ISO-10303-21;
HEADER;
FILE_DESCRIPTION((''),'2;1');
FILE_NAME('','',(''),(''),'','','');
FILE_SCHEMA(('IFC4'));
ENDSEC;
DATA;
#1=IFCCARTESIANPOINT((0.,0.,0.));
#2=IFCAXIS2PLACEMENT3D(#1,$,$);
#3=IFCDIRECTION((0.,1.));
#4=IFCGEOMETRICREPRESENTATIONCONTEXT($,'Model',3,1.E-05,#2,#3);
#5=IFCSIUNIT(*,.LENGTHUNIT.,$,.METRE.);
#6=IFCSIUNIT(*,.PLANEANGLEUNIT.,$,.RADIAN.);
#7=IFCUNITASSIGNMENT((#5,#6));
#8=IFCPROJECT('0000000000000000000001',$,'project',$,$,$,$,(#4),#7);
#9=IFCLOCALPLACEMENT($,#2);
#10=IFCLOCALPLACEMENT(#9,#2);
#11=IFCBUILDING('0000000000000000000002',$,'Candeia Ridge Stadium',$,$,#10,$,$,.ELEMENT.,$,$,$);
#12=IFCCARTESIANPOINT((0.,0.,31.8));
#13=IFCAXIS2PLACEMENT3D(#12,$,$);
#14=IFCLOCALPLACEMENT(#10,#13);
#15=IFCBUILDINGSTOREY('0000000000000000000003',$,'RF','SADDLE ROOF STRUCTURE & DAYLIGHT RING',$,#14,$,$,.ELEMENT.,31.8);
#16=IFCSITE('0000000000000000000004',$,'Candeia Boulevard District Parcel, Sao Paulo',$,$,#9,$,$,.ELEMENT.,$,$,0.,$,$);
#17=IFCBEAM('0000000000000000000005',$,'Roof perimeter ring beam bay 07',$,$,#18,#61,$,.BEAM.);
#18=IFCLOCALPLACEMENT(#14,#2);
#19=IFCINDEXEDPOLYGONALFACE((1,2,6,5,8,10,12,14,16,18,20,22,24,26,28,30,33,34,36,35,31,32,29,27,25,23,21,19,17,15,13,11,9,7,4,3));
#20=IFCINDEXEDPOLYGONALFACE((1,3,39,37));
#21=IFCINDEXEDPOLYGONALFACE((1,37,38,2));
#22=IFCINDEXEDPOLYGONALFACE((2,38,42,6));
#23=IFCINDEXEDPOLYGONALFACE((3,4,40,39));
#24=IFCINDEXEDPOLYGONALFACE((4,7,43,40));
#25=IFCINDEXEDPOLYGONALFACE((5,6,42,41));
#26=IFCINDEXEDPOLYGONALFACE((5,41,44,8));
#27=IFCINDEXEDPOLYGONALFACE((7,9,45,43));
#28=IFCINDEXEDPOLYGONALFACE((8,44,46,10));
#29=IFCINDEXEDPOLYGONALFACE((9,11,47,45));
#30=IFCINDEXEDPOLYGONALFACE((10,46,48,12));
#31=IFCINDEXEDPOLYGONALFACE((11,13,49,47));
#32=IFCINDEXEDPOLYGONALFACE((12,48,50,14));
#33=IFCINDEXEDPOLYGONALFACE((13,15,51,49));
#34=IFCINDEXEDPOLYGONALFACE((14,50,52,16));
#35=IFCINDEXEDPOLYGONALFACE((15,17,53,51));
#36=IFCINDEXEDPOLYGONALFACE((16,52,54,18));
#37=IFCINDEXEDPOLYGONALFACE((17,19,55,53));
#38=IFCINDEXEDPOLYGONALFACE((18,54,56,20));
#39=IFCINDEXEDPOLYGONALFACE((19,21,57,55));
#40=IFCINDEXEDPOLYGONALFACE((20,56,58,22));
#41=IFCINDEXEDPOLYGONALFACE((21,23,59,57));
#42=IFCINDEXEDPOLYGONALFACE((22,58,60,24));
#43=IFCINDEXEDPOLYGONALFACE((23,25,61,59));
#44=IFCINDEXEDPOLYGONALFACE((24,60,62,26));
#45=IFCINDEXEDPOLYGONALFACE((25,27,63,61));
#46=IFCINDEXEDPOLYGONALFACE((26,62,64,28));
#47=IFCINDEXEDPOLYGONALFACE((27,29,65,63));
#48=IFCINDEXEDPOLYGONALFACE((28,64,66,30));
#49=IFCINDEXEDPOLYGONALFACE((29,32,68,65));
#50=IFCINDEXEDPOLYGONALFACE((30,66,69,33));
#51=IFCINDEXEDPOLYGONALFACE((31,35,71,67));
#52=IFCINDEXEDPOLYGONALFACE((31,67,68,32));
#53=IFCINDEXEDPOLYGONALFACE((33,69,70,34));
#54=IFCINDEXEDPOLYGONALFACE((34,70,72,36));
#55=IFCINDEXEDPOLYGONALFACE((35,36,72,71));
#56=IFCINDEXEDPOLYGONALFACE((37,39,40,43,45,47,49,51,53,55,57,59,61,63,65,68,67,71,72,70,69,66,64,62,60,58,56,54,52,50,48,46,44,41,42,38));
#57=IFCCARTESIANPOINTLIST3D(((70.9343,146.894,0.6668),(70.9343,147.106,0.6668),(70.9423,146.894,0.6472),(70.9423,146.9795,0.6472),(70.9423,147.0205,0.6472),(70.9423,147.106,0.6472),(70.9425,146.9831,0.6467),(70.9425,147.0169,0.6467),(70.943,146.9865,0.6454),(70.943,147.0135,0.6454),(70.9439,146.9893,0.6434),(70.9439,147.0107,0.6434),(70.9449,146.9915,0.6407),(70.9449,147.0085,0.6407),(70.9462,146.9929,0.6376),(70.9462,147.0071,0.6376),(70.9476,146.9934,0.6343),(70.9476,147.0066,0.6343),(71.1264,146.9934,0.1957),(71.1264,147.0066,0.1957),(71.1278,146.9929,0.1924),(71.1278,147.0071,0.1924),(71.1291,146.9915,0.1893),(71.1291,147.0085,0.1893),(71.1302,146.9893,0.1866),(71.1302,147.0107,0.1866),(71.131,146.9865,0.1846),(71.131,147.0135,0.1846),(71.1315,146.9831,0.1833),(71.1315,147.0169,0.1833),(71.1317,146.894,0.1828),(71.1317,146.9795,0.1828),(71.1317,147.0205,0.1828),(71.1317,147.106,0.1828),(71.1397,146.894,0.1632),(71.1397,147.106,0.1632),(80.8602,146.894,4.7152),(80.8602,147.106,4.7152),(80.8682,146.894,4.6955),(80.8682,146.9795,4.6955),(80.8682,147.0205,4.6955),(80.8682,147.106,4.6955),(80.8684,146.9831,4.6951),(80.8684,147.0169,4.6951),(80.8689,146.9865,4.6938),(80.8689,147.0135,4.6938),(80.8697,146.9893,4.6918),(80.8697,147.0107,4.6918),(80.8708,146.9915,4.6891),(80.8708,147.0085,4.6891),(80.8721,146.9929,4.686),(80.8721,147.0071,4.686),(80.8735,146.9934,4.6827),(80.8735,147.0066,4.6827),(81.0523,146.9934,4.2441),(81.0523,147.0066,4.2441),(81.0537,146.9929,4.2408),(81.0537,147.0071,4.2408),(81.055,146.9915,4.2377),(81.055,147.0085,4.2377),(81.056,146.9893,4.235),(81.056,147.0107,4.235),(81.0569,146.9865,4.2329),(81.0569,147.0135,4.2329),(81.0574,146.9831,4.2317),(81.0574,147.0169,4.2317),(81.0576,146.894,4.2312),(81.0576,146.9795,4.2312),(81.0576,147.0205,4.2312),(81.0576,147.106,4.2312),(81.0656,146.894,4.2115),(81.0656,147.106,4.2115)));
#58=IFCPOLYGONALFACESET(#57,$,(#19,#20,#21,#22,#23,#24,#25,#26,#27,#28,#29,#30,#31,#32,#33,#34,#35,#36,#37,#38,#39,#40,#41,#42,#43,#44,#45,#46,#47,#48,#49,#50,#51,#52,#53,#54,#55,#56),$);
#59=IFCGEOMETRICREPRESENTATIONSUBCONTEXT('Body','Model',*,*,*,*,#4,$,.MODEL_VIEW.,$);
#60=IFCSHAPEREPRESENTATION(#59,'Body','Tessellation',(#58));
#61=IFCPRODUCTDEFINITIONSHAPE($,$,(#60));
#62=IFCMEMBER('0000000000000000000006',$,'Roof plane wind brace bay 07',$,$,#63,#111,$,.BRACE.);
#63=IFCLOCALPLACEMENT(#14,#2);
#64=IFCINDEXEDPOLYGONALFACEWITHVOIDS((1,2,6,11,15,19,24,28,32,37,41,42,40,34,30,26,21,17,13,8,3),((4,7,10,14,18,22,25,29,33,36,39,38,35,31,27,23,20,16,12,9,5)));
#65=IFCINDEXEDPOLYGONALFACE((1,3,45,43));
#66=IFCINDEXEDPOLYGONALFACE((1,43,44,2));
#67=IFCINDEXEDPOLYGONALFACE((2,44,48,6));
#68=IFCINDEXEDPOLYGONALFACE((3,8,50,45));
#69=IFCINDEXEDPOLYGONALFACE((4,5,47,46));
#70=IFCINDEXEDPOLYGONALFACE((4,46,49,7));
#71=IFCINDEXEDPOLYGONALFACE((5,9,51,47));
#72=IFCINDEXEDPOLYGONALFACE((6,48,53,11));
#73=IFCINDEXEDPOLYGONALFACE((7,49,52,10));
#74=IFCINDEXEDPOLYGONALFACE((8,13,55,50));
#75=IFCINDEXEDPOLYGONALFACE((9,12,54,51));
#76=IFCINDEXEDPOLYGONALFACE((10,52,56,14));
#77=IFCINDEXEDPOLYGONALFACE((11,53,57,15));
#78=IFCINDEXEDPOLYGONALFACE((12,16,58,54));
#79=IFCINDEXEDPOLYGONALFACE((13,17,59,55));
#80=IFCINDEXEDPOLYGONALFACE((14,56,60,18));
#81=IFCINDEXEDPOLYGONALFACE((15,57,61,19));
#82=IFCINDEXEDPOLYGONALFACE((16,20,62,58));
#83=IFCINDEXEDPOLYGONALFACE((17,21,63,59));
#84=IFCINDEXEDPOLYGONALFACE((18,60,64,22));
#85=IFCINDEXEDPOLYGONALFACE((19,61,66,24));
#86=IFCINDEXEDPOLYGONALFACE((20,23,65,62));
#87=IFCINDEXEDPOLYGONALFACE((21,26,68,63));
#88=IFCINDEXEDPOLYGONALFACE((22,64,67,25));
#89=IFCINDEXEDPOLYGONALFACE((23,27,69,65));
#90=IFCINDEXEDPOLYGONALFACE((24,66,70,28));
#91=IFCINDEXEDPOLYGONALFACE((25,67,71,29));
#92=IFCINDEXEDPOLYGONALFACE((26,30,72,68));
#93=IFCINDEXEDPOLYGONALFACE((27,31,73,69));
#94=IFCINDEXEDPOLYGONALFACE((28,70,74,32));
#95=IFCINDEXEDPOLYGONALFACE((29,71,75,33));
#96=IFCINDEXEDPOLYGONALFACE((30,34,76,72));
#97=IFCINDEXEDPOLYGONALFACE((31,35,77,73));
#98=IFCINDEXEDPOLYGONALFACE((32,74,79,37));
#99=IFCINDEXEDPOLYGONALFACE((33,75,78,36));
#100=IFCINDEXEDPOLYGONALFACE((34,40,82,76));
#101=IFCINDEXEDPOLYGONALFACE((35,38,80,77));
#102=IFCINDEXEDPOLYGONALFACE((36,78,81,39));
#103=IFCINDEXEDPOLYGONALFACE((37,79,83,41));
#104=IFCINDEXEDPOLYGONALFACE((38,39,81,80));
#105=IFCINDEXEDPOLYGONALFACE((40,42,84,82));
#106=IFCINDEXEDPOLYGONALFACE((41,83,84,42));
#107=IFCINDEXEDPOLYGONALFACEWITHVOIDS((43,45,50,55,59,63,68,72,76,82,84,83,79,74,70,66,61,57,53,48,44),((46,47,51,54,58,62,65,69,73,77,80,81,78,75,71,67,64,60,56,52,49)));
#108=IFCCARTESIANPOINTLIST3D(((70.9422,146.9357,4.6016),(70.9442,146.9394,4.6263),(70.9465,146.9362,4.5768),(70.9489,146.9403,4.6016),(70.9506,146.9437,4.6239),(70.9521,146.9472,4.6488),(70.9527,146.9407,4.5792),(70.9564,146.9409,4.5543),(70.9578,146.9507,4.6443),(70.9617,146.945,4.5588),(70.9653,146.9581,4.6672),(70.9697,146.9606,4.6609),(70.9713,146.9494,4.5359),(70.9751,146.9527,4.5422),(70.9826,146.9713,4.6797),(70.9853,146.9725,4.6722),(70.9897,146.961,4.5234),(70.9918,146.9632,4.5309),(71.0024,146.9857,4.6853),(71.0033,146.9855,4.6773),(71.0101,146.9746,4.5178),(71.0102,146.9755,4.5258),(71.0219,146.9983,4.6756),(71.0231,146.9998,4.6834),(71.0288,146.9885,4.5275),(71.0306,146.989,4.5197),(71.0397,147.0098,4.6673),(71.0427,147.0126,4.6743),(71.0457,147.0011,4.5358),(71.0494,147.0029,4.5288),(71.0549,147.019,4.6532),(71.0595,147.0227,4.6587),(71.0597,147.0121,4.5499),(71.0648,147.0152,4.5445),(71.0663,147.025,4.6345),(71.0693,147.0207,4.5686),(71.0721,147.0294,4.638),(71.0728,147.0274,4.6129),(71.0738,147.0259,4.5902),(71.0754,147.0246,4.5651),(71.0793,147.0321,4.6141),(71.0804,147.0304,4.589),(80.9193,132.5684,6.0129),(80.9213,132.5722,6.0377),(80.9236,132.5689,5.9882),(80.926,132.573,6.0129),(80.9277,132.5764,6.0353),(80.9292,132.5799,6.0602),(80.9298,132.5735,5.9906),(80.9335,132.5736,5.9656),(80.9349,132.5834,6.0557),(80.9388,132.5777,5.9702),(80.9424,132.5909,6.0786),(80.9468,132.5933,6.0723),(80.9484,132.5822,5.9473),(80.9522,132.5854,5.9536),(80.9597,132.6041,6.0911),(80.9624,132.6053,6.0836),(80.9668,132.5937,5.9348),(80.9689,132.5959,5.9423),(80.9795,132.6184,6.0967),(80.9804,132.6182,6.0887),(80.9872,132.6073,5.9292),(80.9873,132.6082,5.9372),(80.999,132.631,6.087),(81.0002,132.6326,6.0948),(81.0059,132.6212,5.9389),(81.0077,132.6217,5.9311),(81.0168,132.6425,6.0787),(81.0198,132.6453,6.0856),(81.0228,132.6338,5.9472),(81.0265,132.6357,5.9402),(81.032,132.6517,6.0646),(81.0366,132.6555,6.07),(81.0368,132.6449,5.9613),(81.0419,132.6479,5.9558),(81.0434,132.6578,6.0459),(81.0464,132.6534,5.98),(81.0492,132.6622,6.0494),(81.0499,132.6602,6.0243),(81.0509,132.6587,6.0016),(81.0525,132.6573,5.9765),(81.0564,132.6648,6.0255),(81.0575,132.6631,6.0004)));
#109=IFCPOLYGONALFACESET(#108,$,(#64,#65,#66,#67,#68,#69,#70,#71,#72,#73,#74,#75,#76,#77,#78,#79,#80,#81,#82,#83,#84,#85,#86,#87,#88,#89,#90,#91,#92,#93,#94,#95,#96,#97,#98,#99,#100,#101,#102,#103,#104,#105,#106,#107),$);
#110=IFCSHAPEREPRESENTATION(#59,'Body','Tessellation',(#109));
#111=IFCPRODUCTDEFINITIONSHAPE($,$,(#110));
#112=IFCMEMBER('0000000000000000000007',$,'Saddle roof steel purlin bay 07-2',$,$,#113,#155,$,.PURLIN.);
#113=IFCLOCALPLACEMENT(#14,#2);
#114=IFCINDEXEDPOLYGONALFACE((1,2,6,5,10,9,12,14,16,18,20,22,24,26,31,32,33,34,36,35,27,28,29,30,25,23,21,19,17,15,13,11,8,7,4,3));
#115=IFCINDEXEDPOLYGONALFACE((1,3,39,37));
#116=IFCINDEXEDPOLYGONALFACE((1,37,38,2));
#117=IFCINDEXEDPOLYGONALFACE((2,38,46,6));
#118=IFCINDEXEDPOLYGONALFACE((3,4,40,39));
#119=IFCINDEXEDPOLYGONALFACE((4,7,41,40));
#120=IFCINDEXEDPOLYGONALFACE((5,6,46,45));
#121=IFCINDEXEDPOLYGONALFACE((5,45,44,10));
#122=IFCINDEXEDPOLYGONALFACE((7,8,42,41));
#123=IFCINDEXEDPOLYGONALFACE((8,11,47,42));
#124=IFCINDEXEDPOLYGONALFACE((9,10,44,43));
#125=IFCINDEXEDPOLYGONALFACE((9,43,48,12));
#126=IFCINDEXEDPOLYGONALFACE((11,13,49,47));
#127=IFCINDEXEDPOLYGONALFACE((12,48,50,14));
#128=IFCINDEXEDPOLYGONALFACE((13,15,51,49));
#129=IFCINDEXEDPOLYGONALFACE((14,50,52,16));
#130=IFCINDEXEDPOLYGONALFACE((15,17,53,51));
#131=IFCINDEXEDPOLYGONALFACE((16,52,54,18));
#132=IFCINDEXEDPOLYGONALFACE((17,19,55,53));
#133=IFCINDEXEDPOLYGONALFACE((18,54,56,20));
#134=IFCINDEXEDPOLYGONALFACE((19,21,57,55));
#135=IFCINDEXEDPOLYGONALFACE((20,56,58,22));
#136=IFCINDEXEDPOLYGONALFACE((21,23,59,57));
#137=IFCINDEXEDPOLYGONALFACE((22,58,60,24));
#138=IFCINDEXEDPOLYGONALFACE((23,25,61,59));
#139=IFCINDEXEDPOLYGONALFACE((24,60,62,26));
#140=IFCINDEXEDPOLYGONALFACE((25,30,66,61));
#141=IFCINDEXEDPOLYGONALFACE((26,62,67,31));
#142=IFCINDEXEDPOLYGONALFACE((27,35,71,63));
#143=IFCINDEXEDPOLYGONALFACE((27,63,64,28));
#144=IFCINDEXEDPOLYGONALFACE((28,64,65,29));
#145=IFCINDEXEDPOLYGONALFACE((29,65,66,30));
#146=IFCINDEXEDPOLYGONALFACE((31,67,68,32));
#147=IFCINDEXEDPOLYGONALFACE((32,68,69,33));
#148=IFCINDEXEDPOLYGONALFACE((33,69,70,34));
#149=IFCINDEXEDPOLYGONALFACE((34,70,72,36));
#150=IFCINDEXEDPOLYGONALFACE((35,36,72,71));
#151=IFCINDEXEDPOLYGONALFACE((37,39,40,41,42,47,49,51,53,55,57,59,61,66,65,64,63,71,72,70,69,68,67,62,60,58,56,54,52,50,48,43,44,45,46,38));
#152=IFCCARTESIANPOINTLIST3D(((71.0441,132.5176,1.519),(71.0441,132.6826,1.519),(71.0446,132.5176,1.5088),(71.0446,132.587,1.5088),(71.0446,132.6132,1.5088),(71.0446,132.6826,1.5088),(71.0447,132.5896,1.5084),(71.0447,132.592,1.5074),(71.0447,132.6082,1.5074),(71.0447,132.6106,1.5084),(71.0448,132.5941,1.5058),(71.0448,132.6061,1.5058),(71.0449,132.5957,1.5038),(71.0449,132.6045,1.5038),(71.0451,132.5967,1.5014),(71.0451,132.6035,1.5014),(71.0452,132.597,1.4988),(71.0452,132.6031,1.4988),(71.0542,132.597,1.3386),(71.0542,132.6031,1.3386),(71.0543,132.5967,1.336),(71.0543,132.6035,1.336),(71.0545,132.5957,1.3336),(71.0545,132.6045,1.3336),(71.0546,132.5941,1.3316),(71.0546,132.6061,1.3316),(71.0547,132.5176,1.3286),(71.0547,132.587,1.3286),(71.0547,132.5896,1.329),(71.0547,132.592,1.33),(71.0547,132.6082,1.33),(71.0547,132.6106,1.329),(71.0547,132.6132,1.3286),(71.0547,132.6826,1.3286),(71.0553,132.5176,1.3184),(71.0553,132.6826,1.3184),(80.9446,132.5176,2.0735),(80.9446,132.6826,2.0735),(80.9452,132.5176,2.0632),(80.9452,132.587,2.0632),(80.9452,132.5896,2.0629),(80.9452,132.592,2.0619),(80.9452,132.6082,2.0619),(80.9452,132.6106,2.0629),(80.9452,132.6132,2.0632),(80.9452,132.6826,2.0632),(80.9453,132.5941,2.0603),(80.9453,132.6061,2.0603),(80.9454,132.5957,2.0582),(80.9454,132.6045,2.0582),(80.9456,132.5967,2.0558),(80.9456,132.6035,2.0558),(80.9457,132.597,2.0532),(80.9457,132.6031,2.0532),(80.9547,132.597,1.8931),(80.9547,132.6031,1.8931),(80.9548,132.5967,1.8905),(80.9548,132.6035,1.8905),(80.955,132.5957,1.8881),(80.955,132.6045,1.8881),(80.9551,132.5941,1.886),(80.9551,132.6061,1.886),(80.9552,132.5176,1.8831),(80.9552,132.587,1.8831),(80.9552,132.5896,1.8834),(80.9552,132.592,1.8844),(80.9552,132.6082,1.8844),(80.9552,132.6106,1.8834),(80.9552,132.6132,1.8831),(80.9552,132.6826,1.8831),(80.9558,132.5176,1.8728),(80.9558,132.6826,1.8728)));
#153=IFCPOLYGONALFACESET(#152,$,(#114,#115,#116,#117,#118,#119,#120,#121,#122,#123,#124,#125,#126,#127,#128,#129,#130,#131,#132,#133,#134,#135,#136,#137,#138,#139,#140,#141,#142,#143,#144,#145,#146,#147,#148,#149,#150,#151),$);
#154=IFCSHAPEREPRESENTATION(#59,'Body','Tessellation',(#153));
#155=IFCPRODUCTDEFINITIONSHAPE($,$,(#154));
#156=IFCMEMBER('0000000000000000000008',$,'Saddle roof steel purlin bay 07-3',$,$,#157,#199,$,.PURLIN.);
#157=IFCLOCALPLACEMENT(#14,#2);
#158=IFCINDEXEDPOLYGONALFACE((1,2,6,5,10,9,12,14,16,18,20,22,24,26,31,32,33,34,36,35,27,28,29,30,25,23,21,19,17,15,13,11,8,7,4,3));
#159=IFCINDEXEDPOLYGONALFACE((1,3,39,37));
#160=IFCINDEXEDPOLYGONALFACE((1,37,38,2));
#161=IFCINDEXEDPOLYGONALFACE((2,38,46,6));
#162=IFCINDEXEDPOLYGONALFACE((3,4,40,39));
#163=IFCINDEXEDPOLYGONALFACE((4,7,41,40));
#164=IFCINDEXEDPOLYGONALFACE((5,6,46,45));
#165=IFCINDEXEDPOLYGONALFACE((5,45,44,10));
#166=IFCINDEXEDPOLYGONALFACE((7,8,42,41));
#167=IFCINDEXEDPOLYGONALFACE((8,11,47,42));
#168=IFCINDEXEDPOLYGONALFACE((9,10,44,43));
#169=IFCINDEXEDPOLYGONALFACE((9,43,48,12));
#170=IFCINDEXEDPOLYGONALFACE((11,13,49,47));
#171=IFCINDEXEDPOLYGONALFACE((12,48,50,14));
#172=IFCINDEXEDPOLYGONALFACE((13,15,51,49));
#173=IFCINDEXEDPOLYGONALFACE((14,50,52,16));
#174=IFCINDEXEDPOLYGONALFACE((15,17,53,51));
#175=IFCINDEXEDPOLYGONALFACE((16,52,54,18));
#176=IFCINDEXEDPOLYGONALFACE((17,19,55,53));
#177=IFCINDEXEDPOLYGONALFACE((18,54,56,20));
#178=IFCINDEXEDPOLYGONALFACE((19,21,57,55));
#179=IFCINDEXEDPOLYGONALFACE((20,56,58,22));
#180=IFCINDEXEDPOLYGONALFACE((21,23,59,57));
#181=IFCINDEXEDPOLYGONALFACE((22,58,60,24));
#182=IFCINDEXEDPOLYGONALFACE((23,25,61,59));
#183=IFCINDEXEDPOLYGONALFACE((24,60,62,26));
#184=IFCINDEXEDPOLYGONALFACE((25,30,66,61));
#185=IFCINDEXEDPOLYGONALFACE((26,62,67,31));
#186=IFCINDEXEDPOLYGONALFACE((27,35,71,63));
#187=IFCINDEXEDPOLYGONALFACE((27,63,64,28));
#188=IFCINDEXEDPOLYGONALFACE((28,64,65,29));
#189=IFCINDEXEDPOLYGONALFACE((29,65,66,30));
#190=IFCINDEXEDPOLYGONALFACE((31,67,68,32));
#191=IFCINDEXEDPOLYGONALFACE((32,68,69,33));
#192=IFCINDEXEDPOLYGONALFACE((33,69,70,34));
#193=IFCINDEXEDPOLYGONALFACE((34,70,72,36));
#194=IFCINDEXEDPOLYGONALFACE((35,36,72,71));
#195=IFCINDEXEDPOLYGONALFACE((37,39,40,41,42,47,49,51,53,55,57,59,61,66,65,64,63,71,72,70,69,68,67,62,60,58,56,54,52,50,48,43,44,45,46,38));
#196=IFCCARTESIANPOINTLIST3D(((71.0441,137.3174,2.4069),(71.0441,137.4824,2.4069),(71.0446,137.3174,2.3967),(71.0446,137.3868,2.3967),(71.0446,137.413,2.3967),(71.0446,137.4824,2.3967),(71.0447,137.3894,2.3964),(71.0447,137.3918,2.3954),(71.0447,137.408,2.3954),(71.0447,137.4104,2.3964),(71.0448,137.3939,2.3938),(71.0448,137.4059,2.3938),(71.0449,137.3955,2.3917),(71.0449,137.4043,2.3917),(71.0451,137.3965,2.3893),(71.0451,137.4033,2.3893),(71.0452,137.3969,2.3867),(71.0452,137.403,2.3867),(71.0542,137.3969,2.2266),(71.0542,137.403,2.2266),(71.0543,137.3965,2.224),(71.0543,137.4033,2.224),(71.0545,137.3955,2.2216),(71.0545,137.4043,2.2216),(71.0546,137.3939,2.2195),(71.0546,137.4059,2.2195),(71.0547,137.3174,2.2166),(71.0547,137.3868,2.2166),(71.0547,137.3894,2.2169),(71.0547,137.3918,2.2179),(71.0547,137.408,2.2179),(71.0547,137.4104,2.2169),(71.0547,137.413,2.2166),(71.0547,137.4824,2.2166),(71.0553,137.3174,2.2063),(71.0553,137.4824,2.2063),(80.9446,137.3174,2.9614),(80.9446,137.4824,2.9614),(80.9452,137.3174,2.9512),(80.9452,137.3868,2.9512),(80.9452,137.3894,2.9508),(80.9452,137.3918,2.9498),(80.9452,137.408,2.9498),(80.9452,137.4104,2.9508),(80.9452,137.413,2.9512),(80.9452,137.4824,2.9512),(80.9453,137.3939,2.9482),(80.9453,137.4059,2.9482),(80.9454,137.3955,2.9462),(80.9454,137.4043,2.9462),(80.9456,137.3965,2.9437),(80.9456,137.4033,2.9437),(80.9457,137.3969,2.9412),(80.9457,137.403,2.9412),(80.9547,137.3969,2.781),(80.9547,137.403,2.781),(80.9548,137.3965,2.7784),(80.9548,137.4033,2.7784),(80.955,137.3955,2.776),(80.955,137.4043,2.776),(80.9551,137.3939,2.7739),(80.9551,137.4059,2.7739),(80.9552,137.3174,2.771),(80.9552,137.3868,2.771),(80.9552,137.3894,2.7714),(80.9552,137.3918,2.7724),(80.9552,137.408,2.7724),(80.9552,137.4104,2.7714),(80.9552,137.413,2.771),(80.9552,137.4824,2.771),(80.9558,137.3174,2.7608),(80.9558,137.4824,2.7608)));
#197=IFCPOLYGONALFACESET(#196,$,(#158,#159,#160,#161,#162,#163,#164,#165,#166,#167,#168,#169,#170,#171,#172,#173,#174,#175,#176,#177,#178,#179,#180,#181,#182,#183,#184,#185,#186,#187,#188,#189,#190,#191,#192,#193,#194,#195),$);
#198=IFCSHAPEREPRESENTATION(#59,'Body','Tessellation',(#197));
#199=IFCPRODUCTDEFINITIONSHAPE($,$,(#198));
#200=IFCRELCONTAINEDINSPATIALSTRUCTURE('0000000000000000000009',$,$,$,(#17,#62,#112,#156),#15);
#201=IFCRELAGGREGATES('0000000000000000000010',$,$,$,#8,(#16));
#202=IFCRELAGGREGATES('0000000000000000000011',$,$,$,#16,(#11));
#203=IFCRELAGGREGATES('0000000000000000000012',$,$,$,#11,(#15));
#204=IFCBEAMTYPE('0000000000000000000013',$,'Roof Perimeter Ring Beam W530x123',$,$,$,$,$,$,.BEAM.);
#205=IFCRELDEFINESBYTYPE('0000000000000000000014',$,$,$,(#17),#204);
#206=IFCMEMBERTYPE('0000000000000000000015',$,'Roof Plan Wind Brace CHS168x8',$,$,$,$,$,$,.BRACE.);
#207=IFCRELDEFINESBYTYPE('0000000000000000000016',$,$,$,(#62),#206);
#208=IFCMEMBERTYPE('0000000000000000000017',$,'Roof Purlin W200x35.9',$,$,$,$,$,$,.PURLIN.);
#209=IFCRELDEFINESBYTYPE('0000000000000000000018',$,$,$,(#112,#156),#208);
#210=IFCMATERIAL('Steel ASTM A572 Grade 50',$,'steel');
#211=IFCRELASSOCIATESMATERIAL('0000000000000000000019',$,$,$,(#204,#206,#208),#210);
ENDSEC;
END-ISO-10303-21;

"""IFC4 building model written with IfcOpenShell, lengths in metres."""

from ifc_helpers import new_model, si_unit, direction, frame, origin, origin_2d, place, context, subcontext, project, spatial, hollow_circle, i_section, extrude, material, material_profile, profile_set, type_object, element, save


model = new_model("IFC4")

# Units and contexts
model_context = context("Model", 3, precision=1e-05, world=origin(), true_north=direction((0.0, 1.0)))
body_context = subcontext(model_context, "Body", "Model", "MODEL_VIEW")
ifc_project = project(units=[si_unit("LENGTHUNIT", "METRE"), si_unit("PLANEANGLEUNIT", "RADIAN")], contexts=[model_context])

# Site, building, storey
site_placement = place(None, origin())
site = spatial("IfcSite", under=ifc_project, at=site_placement, Name="Candeia Boulevard District Parcel, Sao Paulo", CompositionType="ELEMENT", RefElevation=0.0)
building_placement = place(site_placement, origin())
building = spatial("IfcBuilding", under=site, at=building_placement, Name="Candeia Ridge Stadium", CompositionType="ELEMENT")
storey_placement = place(building_placement, frame((0.0, 0.0, 31.8)))
storey = spatial("IfcBuildingStorey", under=building, at=storey_placement, Name="RF", Description="SADDLE ROOF STRUCTURE & DAYLIGHT RING", CompositionType="ELEMENT", Elevation=31.8)

# Shared definitions
ifc_material_1 = material(Name="Steel ASTM A572 Grade 50", Category="steel")

# Beam
ifc_material_profile_1 = material_profile(ifc_material_1, i_section(OverallWidth=0.2119, OverallDepth=0.5439, WebThickness=0.0132, FlangeThickness=0.0212, FilletRadius=0.0139, at=origin_2d()), Name="W530x123", Category="steel")
ifc_profile_set_1 = profile_set([ifc_material_profile_1], Name="Steel ASTM A572 Grade 50")
beam_type_1 = type_object("IfcBeamType", Name="Roof Perimeter Ring Beam W530x123", PredefinedType="BEAM", material=ifc_profile_set_1)
beam_1_placement = place(storey_placement, frame((80.9629, 147.0, 4.4634), z_axis=(-0.925946, 0.0, -0.377657), x_axis=(0.0, -1.0, 0.0)))
element("IfcBeam", 1, at=beam_1_placement, inside=storey, type_object=beam_type_1, Name="Roof perimeter ring beam bay 07", PredefinedType="BEAM", context=body_context, shape_type="SweptSolid", body=[
    extrude(i_section(OverallWidth=0.2119, OverallDepth=0.5439, WebThickness=0.0132, FlangeThickness=0.0212, FilletRadius=0.0139, at=origin_2d()), origin(), (0.0, 0.0, 1.0), 10.7197),
])

# Members
ifc_material_profile_2 = material_profile(ifc_material_1, hollow_circle(Radius=0.0842, WallThickness=0.0081, at=origin_2d()), Name="CHS168x8", Category="steel")
ifc_profile_set_2 = profile_set([ifc_material_profile_2], Name="Steel ASTM A572 Grade 50")
member_type_1 = type_object("IfcMemberType", Name="Roof Plan Wind Brace CHS168x8", PredefinedType="BRACE", material=ifc_profile_set_2)
member_1_placement = place(storey_placement, frame((80.9885, 132.6165, 6.0129), z_axis=(-0.568542, 0.818713, -0.080427), x_axis=(-0.821374, -0.57039, 0.0)))
element("IfcMember", 2, at=member_1_placement, inside=storey, type_object=member_type_1, Name="Roof plane wind brace bay 07", PredefinedType="BRACE", context=body_context, shape_type="SweptSolid", body=[
    extrude(hollow_circle(Radius=0.0842, WallThickness=0.0081, at=origin_2d()), origin(), (0.0, 0.0, 1.0), 17.5486),
])
ifc_material_profile_3 = material_profile(ifc_material_1, i_section(OverallWidth=0.165, OverallDepth=0.2009, WebThickness=0.0061, FlangeThickness=0.0103, FilletRadius=0.01, at=origin_2d()), Name="W200x35.9", Category="steel")
ifc_profile_set_3 = profile_set([ifc_material_profile_3], Name="Steel ASTM A572 Grade 50")
member_type_2 = type_object("IfcMemberType", Name="Roof Purlin W200x35.9", PredefinedType="PURLIN", material=ifc_profile_set_3)
for number, where, z_axis, x_axis, name in (
    (3, (80.9502, 132.6001, 1.9731), (-0.998436, 0.0, -0.055915), (0.0, -1.0, 0.0), "Saddle roof steel purlin bay 07-2"),
    (4, (80.9502, 137.3999, 2.8611), (-0.998436, 0.0, -0.055915), (0.0, -1.0, 0.0), "Saddle roof steel purlin bay 07-3"),
):
    element("IfcMember", number, at=place(storey_placement, frame(where, z_axis=z_axis, x_axis=x_axis)), inside=storey, type_object=member_type_2, Name=name, PredefinedType="PURLIN", context=body_context, shape_type="SweptSolid", body=[
        extrude(i_section(OverallWidth=0.165, OverallDepth=0.2009, WebThickness=0.0061, FlangeThickness=0.0103, FilletRadius=0.01, at=origin_2d()), origin(), (0.0, 0.0, 1.0), 9.916),
    ])

save(model, "model.ifc")
